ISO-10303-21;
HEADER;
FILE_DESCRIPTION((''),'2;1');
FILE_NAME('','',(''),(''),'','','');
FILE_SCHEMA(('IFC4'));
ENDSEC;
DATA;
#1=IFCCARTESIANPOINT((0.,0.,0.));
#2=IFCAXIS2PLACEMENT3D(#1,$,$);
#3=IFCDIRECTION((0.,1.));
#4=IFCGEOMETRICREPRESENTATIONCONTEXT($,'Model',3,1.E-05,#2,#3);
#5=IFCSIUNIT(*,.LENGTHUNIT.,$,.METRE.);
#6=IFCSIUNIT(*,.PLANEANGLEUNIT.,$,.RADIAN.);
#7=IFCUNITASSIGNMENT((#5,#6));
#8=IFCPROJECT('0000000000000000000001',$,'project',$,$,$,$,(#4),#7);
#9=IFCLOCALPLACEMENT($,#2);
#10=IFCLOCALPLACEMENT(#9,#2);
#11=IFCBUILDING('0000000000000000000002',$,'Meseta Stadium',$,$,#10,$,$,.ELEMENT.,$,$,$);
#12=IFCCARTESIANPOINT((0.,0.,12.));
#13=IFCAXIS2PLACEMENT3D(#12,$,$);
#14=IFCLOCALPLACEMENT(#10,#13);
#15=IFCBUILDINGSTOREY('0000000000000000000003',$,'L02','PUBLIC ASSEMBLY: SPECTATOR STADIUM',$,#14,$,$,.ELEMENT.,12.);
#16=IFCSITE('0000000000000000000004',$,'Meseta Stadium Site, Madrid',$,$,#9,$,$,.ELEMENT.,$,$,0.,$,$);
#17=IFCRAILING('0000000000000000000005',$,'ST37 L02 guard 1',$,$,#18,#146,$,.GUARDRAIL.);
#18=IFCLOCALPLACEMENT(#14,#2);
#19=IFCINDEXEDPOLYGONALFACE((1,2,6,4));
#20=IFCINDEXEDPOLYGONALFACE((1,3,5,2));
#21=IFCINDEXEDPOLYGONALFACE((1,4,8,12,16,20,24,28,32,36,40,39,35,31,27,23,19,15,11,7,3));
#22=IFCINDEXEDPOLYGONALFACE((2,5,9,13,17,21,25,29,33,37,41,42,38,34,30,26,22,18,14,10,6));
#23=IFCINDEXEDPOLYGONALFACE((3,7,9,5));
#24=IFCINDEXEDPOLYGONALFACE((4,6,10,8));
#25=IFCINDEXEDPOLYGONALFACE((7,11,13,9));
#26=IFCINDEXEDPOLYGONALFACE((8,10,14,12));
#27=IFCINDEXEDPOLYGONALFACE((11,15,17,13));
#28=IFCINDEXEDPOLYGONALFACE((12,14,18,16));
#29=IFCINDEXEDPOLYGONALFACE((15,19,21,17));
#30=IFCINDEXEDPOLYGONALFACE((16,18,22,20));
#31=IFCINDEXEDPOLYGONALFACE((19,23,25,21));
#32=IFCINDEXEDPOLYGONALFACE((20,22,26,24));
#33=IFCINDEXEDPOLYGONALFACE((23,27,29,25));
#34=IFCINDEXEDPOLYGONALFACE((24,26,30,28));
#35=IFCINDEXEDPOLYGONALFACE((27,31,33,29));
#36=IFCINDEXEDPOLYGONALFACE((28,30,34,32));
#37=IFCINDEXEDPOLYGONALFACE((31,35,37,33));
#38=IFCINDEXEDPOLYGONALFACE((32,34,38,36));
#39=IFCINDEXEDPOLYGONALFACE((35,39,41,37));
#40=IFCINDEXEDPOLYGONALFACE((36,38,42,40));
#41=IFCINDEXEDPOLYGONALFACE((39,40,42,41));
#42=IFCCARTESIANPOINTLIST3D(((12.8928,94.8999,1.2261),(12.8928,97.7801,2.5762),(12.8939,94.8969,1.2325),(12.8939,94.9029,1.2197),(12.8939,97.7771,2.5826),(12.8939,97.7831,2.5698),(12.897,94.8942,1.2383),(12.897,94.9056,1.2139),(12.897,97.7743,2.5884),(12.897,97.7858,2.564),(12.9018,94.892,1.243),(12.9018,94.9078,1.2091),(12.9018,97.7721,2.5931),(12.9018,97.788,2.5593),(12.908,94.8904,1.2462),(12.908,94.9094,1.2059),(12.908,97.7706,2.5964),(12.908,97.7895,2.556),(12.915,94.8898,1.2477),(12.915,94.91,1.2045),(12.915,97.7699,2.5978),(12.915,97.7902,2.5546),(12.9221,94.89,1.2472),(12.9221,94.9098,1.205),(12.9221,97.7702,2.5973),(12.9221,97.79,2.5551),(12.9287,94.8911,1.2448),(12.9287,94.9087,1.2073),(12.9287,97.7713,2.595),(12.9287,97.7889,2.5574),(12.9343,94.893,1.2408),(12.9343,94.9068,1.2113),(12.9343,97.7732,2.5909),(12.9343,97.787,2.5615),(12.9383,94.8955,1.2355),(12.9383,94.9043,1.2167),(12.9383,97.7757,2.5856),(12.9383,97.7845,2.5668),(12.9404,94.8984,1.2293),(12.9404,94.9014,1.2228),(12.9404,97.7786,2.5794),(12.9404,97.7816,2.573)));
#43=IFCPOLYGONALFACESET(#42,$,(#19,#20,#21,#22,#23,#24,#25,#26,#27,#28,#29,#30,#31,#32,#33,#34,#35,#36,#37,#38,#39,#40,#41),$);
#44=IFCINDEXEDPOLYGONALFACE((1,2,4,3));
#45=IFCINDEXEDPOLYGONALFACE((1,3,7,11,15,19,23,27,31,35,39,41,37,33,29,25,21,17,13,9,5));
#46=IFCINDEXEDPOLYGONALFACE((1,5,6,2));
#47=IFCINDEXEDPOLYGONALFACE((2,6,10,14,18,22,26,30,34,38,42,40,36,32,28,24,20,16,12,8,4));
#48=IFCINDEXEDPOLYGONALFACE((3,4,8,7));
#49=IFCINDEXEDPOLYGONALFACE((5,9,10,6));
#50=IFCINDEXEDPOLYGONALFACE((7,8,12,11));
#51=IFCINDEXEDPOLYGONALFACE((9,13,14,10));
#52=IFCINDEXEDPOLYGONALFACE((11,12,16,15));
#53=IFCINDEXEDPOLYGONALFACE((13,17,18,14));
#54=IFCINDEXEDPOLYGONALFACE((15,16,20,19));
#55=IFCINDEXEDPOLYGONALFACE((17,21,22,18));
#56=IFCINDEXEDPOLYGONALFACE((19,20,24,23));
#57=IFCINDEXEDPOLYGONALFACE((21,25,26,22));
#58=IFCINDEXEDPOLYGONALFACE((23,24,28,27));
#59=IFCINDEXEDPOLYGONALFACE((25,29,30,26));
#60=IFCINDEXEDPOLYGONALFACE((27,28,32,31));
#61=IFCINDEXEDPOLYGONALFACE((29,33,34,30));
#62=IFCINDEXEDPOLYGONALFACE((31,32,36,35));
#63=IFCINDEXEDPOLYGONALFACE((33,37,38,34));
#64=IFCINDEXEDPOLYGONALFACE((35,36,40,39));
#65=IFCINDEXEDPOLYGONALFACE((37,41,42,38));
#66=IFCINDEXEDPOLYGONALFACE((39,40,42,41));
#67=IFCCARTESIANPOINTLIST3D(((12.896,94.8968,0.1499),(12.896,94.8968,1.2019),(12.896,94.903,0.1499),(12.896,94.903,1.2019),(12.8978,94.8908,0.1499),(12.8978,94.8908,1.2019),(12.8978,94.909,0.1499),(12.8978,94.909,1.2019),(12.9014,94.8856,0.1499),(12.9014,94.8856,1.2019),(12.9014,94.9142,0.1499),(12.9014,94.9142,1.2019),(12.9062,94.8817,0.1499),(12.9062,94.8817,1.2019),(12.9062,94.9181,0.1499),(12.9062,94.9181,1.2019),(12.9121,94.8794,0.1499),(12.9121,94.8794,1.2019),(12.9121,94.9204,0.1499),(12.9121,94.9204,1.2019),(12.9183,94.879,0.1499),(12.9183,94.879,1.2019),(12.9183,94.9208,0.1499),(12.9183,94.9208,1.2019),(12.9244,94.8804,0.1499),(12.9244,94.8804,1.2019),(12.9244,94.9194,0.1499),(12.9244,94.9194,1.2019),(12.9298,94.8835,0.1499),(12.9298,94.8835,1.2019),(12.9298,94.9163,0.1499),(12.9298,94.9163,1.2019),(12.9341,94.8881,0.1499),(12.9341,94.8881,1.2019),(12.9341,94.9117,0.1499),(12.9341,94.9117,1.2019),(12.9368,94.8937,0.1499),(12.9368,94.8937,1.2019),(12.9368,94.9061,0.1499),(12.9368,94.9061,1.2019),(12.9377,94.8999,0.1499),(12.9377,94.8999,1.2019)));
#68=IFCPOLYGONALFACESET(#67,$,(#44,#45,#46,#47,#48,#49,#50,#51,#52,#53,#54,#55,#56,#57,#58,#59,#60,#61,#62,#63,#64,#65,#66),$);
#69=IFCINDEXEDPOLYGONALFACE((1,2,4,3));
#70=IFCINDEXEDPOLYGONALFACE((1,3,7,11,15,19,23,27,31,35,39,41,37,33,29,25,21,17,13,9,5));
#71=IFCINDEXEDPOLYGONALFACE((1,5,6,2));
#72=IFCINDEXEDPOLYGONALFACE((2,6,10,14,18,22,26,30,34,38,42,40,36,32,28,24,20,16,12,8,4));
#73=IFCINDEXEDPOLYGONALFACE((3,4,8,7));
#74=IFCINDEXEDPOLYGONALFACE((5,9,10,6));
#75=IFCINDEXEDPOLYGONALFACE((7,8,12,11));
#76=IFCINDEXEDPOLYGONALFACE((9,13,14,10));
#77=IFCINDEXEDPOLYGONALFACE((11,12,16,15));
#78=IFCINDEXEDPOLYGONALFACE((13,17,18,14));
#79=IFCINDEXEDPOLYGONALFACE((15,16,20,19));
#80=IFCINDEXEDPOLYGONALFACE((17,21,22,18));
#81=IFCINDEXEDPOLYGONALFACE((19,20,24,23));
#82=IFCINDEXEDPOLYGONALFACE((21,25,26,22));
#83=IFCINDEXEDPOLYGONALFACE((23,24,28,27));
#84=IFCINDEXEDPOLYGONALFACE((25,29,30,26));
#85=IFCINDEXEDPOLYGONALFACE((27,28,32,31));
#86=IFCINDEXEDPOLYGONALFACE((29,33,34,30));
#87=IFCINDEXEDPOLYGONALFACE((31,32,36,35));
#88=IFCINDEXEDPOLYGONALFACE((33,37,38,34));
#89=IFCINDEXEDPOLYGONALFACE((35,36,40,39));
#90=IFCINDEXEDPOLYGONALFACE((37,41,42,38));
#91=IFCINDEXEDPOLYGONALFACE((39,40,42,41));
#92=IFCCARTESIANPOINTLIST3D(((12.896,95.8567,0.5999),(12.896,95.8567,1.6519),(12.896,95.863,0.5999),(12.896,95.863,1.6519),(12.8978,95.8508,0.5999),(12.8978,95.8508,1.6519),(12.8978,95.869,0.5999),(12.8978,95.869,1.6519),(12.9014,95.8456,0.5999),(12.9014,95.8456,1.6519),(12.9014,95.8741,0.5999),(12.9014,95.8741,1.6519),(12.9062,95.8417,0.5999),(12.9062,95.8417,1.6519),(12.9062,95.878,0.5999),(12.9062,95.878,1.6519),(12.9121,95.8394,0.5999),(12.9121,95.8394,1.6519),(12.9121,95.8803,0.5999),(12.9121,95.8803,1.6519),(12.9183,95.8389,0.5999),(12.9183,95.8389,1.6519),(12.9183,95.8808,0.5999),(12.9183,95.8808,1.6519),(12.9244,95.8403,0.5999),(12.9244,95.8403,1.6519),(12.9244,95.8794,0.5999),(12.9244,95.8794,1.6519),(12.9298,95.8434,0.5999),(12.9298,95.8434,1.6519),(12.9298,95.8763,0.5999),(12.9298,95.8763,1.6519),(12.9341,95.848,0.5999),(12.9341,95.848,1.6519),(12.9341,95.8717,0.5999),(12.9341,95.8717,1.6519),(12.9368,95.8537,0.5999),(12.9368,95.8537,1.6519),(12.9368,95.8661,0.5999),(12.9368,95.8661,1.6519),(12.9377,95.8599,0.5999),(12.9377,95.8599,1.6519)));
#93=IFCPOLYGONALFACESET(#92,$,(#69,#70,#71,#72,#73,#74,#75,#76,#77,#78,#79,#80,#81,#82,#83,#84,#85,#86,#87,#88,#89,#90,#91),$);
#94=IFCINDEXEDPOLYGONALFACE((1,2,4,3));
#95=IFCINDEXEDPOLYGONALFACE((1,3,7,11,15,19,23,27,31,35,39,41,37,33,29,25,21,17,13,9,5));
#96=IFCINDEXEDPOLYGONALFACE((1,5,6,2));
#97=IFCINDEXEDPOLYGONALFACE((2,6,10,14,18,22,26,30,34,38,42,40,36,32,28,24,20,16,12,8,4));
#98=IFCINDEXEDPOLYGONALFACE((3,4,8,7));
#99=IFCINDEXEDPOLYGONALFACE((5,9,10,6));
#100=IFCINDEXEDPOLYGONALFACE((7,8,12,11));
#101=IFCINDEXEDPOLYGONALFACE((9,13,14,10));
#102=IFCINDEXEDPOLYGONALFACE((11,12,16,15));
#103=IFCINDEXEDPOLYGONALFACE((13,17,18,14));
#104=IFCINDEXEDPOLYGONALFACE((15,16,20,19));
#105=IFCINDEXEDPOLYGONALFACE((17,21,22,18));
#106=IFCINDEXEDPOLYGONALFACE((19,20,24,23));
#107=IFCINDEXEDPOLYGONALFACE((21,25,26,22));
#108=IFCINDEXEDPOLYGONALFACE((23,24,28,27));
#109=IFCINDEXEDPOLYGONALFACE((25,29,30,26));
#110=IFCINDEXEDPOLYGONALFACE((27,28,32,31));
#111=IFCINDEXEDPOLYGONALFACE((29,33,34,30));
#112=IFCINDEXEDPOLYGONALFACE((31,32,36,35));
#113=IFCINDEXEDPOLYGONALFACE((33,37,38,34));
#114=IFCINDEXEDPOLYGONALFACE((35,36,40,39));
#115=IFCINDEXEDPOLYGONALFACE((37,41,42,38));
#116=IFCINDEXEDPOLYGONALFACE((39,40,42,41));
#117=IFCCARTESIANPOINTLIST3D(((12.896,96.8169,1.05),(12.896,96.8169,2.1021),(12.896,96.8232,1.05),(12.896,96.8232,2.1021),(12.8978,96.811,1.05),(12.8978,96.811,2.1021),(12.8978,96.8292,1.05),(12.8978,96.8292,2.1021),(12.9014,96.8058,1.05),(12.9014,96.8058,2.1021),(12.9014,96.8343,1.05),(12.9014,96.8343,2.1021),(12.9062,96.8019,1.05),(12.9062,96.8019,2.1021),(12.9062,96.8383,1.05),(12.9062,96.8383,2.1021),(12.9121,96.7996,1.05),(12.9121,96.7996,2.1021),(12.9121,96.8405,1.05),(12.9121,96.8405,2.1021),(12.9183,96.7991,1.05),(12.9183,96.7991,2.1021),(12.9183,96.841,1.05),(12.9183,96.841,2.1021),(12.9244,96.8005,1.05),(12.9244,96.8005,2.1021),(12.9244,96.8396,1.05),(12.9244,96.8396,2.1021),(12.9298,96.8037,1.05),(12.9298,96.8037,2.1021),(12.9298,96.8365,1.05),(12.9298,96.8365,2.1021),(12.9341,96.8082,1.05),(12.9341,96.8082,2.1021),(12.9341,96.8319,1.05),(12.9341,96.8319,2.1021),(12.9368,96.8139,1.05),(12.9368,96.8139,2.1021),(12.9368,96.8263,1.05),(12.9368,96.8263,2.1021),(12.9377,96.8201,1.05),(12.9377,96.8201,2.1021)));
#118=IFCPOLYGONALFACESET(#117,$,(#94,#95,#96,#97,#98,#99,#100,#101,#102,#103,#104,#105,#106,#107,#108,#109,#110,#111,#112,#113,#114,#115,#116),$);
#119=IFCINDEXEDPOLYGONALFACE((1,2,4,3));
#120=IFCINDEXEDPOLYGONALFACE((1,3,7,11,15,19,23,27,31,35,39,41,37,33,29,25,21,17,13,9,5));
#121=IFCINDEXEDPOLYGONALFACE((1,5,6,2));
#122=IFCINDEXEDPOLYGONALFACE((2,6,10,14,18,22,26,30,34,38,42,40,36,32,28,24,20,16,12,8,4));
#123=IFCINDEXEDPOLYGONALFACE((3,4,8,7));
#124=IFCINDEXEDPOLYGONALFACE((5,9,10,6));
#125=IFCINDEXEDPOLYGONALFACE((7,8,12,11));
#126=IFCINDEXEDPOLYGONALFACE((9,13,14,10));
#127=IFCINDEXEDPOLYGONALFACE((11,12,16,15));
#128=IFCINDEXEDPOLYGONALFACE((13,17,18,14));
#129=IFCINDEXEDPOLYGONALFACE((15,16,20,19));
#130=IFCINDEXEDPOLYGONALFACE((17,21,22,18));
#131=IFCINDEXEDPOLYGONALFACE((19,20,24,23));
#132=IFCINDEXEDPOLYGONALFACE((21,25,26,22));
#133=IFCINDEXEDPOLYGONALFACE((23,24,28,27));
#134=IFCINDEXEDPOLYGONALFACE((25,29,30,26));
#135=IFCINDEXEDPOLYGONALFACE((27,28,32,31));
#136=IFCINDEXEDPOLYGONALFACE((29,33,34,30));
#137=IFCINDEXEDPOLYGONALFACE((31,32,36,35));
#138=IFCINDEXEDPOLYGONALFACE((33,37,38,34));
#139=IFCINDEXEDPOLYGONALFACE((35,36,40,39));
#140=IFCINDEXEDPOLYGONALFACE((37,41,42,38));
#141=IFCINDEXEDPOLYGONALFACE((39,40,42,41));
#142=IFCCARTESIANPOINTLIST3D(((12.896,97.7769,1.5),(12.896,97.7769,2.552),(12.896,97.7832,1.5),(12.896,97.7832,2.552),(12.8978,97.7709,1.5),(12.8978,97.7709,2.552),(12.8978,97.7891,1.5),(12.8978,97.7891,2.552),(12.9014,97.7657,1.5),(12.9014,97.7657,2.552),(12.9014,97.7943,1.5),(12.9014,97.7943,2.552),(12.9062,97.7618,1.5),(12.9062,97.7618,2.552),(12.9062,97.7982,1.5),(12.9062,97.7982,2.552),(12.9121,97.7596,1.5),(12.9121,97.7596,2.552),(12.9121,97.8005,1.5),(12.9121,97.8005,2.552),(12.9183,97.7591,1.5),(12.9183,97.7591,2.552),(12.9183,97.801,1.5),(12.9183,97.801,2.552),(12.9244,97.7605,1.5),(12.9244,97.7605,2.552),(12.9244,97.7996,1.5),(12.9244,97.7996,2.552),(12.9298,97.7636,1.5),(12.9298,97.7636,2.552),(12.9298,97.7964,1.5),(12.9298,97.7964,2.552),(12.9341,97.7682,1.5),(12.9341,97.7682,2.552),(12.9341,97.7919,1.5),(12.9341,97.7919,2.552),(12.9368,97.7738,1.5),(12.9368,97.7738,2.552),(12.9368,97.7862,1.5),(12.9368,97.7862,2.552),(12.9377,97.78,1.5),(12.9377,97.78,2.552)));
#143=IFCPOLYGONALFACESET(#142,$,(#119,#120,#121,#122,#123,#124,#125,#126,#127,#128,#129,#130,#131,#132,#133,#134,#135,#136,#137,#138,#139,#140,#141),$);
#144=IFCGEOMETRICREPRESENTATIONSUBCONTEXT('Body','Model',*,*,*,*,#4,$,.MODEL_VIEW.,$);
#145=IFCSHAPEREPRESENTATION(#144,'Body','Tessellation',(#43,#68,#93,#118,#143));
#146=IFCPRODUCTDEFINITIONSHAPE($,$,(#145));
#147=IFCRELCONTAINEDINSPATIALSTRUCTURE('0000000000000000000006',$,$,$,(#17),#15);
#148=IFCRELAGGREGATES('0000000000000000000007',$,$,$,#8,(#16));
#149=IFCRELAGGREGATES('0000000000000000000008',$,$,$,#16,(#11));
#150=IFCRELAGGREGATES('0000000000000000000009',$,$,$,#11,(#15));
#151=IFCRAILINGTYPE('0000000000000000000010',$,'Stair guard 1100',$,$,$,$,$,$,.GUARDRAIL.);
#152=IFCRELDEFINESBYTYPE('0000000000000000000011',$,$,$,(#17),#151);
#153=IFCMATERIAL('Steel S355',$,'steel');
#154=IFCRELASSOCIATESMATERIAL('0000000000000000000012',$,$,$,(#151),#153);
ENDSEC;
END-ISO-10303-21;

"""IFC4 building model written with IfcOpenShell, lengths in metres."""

from ifc_helpers import new_model, si_unit, direction, frame, origin, origin_2d, place, context, subcontext, project, spatial, circle, extrude, material, type_object, element, save


model = new_model("IFC4")

# Units and contexts
model_context = context("Model", 3, precision=1e-05, world=origin(), true_north=direction((0.0, 1.0)))
body_context = subcontext(model_context, "Body", "Model", "MODEL_VIEW")
ifc_project = project(units=[si_unit("LENGTHUNIT", "METRE"), si_unit("PLANEANGLEUNIT", "RADIAN")], contexts=[model_context])

# Site, building, storey
site_placement = place(None, origin())
site = spatial("IfcSite", under=ifc_project, at=site_placement, Name="Meseta Stadium Site, Madrid", CompositionType="ELEMENT", RefElevation=0.0)
building_placement = place(site_placement, origin())
building = spatial("IfcBuilding", under=site, at=building_placement, Name="Meseta Stadium", CompositionType="ELEMENT")
storey_placement = place(building_placement, frame((0.0, 0.0, 12.0)))
storey = spatial("IfcBuildingStorey", under=building, at=storey_placement, Name="L02", Description="PUBLIC ASSEMBLY: SPECTATOR STADIUM", CompositionType="ELEMENT", Elevation=12.0)

# Railing
ifc_material_1 = material(Name="Steel S355", Category="steel")
railing_type_1 = type_object("IfcRailingType", Name="Stair guard 1100", PredefinedType="GUARDRAIL", material=ifc_material_1)
railing_1_placement = place(storey_placement, frame((12.9167, 94.8999, 0.1499)))
element("IfcRailing", 1, at=railing_1_placement, inside=storey, type_object=railing_type_1, Name="ST37 L02 guard 1", PredefinedType="GUARDRAIL", context=body_context, shape_type="SweptSolid", body=[
    extrude(circle(Radius=0.0239, at=origin_2d()), frame((0.0, 0.0, 1.0762), z_axis=(0.0, 0.905454, 0.424444), x_axis=(-1.0, 0.0, 0.0)), (0.0, 0.0, 1.0), 3.1809),
    extrude(circle(Radius=0.021, at=origin_2d()), origin(), (0.0, 0.0, 1.0), 1.052),
    extrude(circle(Radius=0.021, at=origin_2d()), frame((0.0, 0.96, 0.45)), (0.0, 0.0, 1.0), 1.052),
    extrude(circle(Radius=0.021, at=origin_2d()), frame((0.0, 1.9202, 0.9001)), (0.0, 0.0, 1.0), 1.052),
    extrude(circle(Radius=0.021, at=origin_2d()), frame((0.0, 2.8801, 1.3501)), (0.0, 0.0, 1.0), 1.052),
])

save(model, "model.ifc")
